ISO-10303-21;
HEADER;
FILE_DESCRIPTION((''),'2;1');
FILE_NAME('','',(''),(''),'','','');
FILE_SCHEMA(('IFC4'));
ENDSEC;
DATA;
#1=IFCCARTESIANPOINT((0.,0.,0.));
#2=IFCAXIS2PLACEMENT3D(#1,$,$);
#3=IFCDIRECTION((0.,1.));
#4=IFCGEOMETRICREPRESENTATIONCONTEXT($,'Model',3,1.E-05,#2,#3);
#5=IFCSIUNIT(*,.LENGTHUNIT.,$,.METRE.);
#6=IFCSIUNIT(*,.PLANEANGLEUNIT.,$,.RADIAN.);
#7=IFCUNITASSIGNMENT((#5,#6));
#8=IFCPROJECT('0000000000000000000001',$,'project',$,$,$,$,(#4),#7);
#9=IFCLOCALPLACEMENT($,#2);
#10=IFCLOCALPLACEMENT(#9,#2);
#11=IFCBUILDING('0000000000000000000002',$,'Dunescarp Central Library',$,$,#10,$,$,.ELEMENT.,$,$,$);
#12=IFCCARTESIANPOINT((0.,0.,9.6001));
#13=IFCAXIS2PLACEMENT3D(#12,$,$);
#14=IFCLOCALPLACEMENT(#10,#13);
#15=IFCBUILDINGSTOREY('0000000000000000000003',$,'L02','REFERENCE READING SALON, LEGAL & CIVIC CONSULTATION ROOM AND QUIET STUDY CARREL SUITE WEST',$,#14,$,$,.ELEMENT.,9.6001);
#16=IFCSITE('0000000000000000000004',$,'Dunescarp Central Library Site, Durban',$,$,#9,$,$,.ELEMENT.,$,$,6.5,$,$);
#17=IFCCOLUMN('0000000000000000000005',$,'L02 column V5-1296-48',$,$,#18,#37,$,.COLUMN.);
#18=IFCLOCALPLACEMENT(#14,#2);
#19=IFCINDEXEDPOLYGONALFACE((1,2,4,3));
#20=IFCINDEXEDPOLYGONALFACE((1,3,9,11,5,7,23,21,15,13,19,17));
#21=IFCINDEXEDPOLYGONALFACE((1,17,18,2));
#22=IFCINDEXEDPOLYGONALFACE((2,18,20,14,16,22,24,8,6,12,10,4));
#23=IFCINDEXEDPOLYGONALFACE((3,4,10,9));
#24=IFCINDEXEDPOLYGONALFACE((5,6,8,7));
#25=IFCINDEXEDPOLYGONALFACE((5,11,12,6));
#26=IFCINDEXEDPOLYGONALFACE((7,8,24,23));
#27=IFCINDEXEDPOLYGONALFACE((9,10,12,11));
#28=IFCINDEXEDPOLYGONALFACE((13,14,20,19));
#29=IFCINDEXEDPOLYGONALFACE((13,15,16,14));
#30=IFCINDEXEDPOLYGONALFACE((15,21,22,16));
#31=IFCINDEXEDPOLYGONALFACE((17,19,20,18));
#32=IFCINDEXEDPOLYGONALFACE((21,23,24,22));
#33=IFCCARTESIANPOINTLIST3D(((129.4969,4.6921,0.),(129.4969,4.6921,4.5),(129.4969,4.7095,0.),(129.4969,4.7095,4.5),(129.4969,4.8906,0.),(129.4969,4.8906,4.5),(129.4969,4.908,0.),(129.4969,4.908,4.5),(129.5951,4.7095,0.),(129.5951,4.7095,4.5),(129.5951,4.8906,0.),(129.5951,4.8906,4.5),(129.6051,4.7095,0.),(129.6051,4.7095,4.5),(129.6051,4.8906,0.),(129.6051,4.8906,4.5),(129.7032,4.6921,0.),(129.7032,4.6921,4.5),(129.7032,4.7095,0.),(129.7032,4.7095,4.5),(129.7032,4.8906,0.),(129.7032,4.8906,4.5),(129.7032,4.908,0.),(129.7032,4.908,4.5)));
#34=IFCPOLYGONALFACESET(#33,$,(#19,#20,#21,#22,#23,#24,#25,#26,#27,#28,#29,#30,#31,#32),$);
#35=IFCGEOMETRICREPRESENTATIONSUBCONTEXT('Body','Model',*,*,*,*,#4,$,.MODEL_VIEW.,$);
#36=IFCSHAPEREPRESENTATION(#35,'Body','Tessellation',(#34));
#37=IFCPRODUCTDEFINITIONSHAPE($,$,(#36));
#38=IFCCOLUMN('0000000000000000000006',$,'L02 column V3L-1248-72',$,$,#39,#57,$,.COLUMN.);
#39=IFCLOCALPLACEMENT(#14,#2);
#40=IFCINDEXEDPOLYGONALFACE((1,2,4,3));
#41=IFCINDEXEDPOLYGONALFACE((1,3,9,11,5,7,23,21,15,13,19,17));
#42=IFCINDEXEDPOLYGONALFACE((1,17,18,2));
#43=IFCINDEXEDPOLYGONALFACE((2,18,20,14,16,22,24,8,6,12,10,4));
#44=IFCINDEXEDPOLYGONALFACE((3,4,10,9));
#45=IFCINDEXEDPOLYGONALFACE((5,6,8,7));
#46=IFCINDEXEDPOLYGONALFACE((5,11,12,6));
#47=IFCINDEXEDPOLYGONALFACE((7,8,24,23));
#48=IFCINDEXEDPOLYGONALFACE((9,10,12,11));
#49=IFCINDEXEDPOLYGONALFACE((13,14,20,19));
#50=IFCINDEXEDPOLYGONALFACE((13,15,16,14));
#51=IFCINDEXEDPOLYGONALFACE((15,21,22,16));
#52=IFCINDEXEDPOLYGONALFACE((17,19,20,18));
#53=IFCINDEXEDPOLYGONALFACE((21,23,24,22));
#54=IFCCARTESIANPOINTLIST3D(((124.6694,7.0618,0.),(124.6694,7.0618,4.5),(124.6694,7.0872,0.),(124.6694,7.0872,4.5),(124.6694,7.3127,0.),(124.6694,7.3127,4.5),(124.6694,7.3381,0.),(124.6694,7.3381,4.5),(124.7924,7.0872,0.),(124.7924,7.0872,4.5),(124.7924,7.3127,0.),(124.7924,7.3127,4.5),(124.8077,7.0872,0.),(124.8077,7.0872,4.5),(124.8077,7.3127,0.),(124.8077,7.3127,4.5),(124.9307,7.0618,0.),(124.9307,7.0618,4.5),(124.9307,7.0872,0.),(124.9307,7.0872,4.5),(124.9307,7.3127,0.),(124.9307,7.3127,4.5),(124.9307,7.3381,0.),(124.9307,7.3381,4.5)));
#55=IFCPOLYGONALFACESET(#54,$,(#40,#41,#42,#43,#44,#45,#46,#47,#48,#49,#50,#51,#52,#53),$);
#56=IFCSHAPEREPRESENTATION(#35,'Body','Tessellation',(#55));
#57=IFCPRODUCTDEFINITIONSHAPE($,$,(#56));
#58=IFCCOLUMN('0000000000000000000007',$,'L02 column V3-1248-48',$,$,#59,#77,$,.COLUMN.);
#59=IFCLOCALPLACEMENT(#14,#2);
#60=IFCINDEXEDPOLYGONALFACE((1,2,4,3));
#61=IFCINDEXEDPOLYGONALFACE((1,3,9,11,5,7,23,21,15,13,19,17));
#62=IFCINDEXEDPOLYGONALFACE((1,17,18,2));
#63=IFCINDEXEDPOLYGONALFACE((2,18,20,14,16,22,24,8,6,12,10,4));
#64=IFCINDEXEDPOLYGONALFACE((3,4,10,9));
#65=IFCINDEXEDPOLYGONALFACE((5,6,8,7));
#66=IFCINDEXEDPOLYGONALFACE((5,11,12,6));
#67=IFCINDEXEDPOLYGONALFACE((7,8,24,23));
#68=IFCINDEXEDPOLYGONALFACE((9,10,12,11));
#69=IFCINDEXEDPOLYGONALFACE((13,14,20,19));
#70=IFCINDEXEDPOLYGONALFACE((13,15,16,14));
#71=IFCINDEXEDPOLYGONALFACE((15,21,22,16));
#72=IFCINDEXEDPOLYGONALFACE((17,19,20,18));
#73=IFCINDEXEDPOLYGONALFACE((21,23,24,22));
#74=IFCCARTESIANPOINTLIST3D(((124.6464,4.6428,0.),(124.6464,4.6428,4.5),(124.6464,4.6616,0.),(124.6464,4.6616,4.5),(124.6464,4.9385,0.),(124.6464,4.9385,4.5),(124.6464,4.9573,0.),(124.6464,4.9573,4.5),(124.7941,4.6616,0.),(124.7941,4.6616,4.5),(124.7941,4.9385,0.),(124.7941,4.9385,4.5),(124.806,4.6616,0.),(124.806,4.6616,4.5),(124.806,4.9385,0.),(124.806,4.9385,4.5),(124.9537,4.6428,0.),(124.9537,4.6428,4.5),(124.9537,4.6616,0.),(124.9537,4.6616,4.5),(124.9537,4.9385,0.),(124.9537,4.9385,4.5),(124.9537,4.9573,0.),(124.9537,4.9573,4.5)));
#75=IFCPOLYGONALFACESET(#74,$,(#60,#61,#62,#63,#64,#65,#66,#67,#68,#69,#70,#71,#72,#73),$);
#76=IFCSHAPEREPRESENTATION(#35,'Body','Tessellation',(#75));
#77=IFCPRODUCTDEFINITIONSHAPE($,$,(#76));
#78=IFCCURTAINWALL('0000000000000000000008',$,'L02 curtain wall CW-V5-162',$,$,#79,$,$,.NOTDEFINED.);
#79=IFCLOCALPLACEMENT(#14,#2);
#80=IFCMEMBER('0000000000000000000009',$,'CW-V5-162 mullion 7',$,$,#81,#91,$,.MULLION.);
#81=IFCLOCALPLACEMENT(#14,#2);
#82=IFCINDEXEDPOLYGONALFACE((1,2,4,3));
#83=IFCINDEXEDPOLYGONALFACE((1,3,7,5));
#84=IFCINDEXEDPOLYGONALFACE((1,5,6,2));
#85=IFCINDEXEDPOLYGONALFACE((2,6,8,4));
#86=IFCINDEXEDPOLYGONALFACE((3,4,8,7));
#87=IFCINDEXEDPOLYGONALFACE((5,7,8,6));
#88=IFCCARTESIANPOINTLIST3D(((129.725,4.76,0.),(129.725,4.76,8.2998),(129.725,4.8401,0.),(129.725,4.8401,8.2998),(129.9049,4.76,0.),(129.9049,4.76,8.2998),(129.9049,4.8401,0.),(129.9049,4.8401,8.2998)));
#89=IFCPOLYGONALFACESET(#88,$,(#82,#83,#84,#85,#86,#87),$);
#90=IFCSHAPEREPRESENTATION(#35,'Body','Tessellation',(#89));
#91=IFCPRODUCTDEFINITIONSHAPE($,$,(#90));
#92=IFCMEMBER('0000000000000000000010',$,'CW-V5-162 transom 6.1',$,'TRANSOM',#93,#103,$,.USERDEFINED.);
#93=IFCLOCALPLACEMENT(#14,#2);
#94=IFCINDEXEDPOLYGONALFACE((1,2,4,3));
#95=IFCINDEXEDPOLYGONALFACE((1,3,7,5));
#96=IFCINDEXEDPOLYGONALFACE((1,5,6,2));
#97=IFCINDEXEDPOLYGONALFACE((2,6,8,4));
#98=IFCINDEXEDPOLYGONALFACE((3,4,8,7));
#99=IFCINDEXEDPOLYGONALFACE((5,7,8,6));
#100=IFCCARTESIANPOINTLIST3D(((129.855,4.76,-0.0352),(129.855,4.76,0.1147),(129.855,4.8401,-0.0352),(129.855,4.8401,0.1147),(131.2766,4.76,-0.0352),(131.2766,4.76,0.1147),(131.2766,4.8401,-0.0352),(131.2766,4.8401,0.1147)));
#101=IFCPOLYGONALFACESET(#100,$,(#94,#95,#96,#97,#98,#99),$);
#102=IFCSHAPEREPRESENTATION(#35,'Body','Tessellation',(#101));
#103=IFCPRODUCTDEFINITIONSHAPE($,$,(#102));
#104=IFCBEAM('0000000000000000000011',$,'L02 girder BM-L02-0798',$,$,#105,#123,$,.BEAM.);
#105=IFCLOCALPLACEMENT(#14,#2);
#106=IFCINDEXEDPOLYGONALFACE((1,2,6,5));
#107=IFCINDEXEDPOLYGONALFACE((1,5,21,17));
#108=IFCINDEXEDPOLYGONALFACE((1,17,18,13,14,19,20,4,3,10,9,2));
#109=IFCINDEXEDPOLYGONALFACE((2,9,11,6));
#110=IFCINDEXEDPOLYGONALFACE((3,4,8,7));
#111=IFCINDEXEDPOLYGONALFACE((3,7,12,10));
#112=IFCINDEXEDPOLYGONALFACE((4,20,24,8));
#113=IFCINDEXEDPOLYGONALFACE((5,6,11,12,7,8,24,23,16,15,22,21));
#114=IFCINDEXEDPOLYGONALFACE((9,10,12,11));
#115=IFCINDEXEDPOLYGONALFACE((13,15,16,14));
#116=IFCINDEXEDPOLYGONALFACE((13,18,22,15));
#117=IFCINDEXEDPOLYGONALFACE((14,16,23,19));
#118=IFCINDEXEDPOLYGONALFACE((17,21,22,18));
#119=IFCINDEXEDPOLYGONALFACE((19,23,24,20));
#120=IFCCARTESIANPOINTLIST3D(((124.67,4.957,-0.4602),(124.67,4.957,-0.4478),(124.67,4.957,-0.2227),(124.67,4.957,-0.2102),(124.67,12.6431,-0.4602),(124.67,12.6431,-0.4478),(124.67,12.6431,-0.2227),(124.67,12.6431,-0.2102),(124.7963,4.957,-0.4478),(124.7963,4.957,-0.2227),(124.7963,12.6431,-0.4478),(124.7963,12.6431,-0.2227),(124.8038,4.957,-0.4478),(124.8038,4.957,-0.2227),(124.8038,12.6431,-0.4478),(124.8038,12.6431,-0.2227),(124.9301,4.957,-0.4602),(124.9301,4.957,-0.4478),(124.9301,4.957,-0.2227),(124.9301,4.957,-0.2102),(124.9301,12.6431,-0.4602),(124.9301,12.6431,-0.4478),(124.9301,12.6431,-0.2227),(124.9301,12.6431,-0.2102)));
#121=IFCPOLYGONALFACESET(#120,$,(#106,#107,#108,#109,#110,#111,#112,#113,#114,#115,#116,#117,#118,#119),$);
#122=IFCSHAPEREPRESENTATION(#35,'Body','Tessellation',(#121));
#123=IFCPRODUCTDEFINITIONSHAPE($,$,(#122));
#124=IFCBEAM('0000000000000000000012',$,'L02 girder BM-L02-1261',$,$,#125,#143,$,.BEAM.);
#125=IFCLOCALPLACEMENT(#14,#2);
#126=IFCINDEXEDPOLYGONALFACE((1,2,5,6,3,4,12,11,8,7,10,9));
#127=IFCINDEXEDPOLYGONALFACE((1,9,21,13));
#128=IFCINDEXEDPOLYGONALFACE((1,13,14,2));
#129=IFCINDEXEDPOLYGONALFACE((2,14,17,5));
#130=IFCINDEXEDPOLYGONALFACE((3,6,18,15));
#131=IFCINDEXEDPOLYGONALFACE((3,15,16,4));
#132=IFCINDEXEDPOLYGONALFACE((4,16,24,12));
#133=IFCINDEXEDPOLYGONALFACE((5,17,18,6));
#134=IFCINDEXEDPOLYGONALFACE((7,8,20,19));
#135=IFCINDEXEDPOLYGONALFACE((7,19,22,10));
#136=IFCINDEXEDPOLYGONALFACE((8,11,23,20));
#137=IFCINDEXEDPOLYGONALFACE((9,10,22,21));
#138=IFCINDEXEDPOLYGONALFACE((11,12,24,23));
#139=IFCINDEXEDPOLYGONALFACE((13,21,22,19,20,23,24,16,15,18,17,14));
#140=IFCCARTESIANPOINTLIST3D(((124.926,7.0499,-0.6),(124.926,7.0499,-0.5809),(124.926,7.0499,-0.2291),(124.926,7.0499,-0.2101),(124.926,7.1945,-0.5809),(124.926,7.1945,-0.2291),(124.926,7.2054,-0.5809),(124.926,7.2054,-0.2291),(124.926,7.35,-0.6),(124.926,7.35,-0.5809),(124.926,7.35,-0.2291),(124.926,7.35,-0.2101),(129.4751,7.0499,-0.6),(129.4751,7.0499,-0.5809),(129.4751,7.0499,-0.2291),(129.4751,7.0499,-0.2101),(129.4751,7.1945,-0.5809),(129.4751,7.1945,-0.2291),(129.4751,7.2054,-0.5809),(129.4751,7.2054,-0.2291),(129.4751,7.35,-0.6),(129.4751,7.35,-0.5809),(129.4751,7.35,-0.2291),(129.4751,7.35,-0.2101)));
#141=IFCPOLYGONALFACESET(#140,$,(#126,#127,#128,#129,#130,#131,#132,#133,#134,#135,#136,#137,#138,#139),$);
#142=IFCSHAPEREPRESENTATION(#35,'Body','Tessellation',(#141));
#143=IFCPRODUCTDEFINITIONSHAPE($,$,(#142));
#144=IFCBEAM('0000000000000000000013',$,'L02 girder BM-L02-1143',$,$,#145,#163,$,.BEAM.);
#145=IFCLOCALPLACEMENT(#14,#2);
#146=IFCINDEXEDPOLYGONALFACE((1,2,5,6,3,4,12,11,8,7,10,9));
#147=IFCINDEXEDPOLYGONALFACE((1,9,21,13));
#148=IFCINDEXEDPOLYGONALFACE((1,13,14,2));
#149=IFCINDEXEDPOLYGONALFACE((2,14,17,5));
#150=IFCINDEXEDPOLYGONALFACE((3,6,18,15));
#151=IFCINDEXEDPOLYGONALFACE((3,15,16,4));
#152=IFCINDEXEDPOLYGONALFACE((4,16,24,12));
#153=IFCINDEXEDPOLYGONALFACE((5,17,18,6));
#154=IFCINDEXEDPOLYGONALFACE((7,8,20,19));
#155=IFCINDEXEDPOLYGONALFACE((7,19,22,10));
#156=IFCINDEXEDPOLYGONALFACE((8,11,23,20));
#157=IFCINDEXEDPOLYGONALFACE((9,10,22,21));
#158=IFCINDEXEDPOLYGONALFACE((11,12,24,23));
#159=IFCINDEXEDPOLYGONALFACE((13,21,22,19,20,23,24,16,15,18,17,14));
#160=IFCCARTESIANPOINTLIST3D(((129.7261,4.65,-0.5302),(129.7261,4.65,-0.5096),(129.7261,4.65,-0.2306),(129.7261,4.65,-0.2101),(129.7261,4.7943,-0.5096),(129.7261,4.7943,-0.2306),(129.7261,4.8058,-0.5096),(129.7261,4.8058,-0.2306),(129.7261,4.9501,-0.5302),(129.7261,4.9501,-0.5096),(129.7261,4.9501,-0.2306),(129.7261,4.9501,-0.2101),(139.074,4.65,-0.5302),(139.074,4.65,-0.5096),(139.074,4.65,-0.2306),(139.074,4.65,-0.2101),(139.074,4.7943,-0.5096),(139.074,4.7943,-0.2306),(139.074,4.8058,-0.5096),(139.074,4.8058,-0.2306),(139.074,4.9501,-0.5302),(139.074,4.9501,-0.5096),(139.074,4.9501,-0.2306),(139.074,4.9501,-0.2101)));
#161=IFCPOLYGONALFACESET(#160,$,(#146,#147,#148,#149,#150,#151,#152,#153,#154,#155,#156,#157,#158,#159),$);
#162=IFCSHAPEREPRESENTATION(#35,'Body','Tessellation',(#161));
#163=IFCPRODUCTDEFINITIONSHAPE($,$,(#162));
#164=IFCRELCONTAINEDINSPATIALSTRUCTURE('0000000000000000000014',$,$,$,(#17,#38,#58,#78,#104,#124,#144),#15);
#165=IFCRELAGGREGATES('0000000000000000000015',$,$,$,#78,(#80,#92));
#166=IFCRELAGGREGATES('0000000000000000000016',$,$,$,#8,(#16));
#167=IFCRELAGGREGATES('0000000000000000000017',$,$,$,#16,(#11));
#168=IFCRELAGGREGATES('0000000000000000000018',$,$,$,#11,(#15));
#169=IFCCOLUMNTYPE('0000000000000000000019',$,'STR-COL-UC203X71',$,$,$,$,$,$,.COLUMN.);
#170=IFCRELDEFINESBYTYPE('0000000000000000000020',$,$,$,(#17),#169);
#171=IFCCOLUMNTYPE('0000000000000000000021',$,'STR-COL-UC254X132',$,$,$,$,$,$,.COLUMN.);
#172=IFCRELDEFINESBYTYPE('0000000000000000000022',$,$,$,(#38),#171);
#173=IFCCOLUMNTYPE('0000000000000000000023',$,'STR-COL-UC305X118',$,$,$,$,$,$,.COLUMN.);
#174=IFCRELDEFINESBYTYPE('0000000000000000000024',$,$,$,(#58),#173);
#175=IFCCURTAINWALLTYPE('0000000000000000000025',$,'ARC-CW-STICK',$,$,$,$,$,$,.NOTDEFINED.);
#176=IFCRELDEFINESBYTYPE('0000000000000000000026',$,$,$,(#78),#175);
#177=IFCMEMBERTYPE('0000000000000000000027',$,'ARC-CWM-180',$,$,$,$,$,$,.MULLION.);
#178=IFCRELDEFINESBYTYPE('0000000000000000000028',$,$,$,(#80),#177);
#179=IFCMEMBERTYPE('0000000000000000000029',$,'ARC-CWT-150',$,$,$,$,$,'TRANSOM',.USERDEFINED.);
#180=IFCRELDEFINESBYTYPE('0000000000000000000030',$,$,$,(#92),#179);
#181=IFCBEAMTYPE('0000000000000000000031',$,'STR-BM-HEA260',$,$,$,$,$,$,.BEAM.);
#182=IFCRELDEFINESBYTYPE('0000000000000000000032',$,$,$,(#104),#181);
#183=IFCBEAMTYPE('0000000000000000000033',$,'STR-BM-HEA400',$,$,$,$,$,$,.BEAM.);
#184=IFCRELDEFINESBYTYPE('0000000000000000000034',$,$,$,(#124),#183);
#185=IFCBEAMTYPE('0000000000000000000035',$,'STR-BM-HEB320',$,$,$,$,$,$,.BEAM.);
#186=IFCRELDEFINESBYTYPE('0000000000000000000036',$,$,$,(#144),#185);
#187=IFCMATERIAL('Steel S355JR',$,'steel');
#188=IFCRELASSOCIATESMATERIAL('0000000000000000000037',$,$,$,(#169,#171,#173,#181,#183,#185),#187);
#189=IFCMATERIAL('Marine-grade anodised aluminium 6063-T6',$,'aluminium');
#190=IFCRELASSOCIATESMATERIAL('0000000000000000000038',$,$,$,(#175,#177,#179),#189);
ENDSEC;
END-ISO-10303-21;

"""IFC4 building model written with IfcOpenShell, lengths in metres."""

from ifc_helpers import new_model, si_unit, direction, frame, origin, origin_2d, place, context, subcontext, project, spatial, rectangle, i_section, extrude, material, material_profile, profile_set, type_object, element, aggregate, save


model = new_model("IFC4")

# Units and contexts
model_context = context("Model", 3, precision=1e-05, world=origin(), true_north=direction((0.0, 1.0)))
body_context = subcontext(model_context, "Body", "Model", "MODEL_VIEW")
ifc_project = project(units=[si_unit("LENGTHUNIT", "METRE"), si_unit("PLANEANGLEUNIT", "RADIAN")], contexts=[model_context])

# Site, building, storey
site_placement = place(None, origin())
site = spatial("IfcSite", under=ifc_project, at=site_placement, Name="Dunescarp Central Library Site, Durban", CompositionType="ELEMENT", RefElevation=6.5)
building_placement = place(site_placement, origin())
building = spatial("IfcBuilding", under=site, at=building_placement, Name="Dunescarp Central Library", CompositionType="ELEMENT")
storey_placement = place(building_placement, frame((0.0, 0.0, 9.6001)))
storey = spatial("IfcBuildingStorey", under=building, at=storey_placement, Name="L02", Description="REFERENCE READING SALON, LEGAL & CIVIC CONSULTATION ROOM AND QUIET STUDY CARREL SUITE WEST", CompositionType="ELEMENT", Elevation=9.6001)

# Columns
ifc_material_1 = material(Name="Steel S355JR", Category="steel")
ifc_material_profile_1 = material_profile(ifc_material_1, i_section(OverallWidth=0.2063, OverallDepth=0.2158, WebThickness=0.01, FlangeThickness=0.0173, at=origin_2d()), Name="UC 203x203x71")
ifc_profile_set_1 = profile_set([ifc_material_profile_1], Name="Steel S355JR")
column_type_1 = type_object("IfcColumnType", Name="STR-COL-UC203X71", PredefinedType="COLUMN", material=ifc_profile_set_1)
column_1_placement = place(storey_placement, frame((129.6001, 4.8, 0.0), z_axis=(0.0, 0.0, 1.0), x_axis=(1.0, 0.0, 0.0)))
element("IfcColumn", 1, at=column_1_placement, inside=storey, type_object=column_type_1, Name="L02 column V5-1296-48", PredefinedType="COLUMN", context=body_context, shape_type="SweptSolid", body=[
    extrude(i_section(OverallWidth=0.2063, OverallDepth=0.2158, WebThickness=0.01, FlangeThickness=0.0173, at=origin_2d()), origin(), (0.0, 0.0, 1.0), 4.5),
])
ifc_material_profile_2 = material_profile(ifc_material_1, i_section(OverallWidth=0.2612, OverallDepth=0.2764, WebThickness=0.0154, FlangeThickness=0.0254, at=origin_2d()), Name="UC 254x254x132")
ifc_profile_set_2 = profile_set([ifc_material_profile_2], Name="Steel S355JR")
column_type_2 = type_object("IfcColumnType", Name="STR-COL-UC254X132", PredefinedType="COLUMN", material=ifc_profile_set_2)
column_2_placement = place(storey_placement, frame((124.8, 7.2, 0.0), z_axis=(0.0, 0.0, 1.0), x_axis=(1.0, 0.0, 0.0)))
element("IfcColumn", 2, at=column_2_placement, inside=storey, type_object=column_type_2, Name="L02 column V3L-1248-72", PredefinedType="COLUMN", context=body_context, shape_type="SweptSolid", body=[
    extrude(i_section(OverallWidth=0.2612, OverallDepth=0.2764, WebThickness=0.0154, FlangeThickness=0.0254, at=origin_2d()), origin(), (0.0, 0.0, 1.0), 4.5),
])
ifc_material_profile_3 = material_profile(ifc_material_1, i_section(OverallWidth=0.3074, OverallDepth=0.3145, WebThickness=0.012, FlangeThickness=0.0188, at=origin_2d()), Name="UC 305x305x118")
ifc_profile_set_3 = profile_set([ifc_material_profile_3], Name="Steel S355JR")
column_type_3 = type_object("IfcColumnType", Name="STR-COL-UC305X118", PredefinedType="COLUMN", material=ifc_profile_set_3)
column_3_placement = place(storey_placement, frame((124.8, 4.8, 0.0), z_axis=(0.0, 0.0, 1.0), x_axis=(1.0, 0.0, 0.0)))
element("IfcColumn", 3, at=column_3_placement, inside=storey, type_object=column_type_3, Name="L02 column V3-1248-48", PredefinedType="COLUMN", context=body_context, shape_type="SweptSolid", body=[
    extrude(i_section(OverallWidth=0.3074, OverallDepth=0.3145, WebThickness=0.012, FlangeThickness=0.0188, at=origin_2d()), origin(), (0.0, 0.0, 1.0), 4.5),
])

# Curtain wall, members
ifc_material_2 = material(Name="Marine-grade anodised aluminium 6063-T6", Category="aluminium")
curtain_wall_type = type_object("IfcCurtainWallType", Name="ARC-CW-STICK", PredefinedType="NOTDEFINED", material=ifc_material_2)
curtain_wall_placement = place(storey_placement, origin())
curtain_wall = element("IfcCurtainWall", 4, at=curtain_wall_placement, inside=storey, type_object=curtain_wall_type, Name="L02 curtain wall CW-V5-162", PredefinedType="NOTDEFINED")
ifc_material_profile_4 = material_profile(ifc_material_2, rectangle(XDim=0.0801, YDim=0.1799, at=origin_2d()), Name="AL 80x180")
ifc_profile_set_4 = profile_set([ifc_material_profile_4], Name="Marine-grade anodised aluminium 6063-T6")
member_type_1 = type_object("IfcMemberType", Name="ARC-CWM-180", PredefinedType="MULLION", material=ifc_profile_set_4)
member_1_placement = place(storey_placement, frame((129.8149, 4.8, 0.0), z_axis=(0.0, 0.0, 1.0), x_axis=(0.0, -1.0, 0.0)))
member_1 = element("IfcMember", 5, at=member_1_placement, type_object=member_type_1, Name="CW-V5-162 mullion 7", PredefinedType="MULLION", context=body_context, shape_type="SweptSolid", body=[
    extrude(rectangle(XDim=0.0801, YDim=0.1799, at=origin_2d()), origin(), (0.0, 0.0, 1.0), 8.2998),
])
ifc_material_profile_5 = material_profile(ifc_material_2, rectangle(XDim=0.0801, YDim=0.1499, at=origin_2d()), Name="AL 80x150")
ifc_profile_set_5 = profile_set([ifc_material_profile_5], Name="Marine-grade anodised aluminium 6063-T6")
member_type_2 = type_object("IfcMemberType", Name="ARC-CWT-150", ElementType="TRANSOM", PredefinedType="USERDEFINED", material=ifc_profile_set_5)
member_2_placement = place(storey_placement, frame((131.2766, 4.8, 0.0398), z_axis=(-1.0, 0.0, 0.0), x_axis=(0.0, -1.0, 0.0)))
member_2 = element("IfcMember", 6, at=member_2_placement, type_object=member_type_2, Name="CW-V5-162 transom 6.1", ObjectType="TRANSOM", PredefinedType="USERDEFINED", context=body_context, shape_type="SweptSolid", body=[
    extrude(rectangle(XDim=0.0801, YDim=0.1499, at=origin_2d()), origin(), (0.0, 0.0, 1.0), 1.4216),
])

# Beams
ifc_material_profile_6 = material_profile(ifc_material_1, i_section(OverallWidth=0.26, OverallDepth=0.25, WebThickness=0.0076, FlangeThickness=0.0125, at=origin_2d()), Name="HEA 260")
ifc_profile_set_6 = profile_set([ifc_material_profile_6], Name="Steel S355JR")
beam_type_1 = type_object("IfcBeamType", Name="STR-BM-HEA260", PredefinedType="BEAM", material=ifc_profile_set_6)
beam_1_placement = place(storey_placement, frame((124.8, 4.957, -0.3352), z_axis=(0.0, 1.0, 0.0), x_axis=(-1.0, 0.0, 0.0)))
element("IfcBeam", 7, at=beam_1_placement, inside=storey, type_object=beam_type_1, Name="L02 girder BM-L02-0798", PredefinedType="BEAM", context=body_context, shape_type="SweptSolid", body=[
    extrude(i_section(OverallWidth=0.26, OverallDepth=0.25, WebThickness=0.0076, FlangeThickness=0.0125, at=origin_2d()), origin(), (0.0, 0.0, 1.0), 7.686),
])
ifc_material_profile_7 = material_profile(ifc_material_1, i_section(OverallWidth=0.3, OverallDepth=0.3899, WebThickness=0.011, FlangeThickness=0.019, at=origin_2d()), Name="HEA 400")
ifc_profile_set_7 = profile_set([ifc_material_profile_7], Name="Steel S355JR")
beam_type_2 = type_object("IfcBeamType", Name="STR-BM-HEA400", PredefinedType="BEAM", material=ifc_profile_set_7)
beam_2_placement = place(storey_placement, frame((124.926, 7.2, -0.405), z_axis=(1.0, 0.0, 0.0), x_axis=(0.0, 1.0, 0.0)))
element("IfcBeam", 8, at=beam_2_placement, inside=storey, type_object=beam_type_2, Name="L02 girder BM-L02-1261", PredefinedType="BEAM", context=body_context, shape_type="SweptSolid", body=[
    extrude(i_section(OverallWidth=0.3, OverallDepth=0.3899, WebThickness=0.011, FlangeThickness=0.019, at=origin_2d()), origin(), (0.0, 0.0, 1.0), 4.5491),
])
ifc_material_profile_8 = material_profile(ifc_material_1, i_section(OverallWidth=0.3, OverallDepth=0.3201, WebThickness=0.0115, FlangeThickness=0.0205, at=origin_2d()), Name="HEB 320")
ifc_profile_set_8 = profile_set([ifc_material_profile_8], Name="Steel S355JR")
beam_type_3 = type_object("IfcBeamType", Name="STR-BM-HEB320", PredefinedType="BEAM", material=ifc_profile_set_8)
beam_3_placement = place(storey_placement, frame((129.7261, 4.8, -0.3701), z_axis=(1.0, 0.0, 0.0), x_axis=(0.0, 1.0, 0.0)))
element("IfcBeam", 9, at=beam_3_placement, inside=storey, type_object=beam_type_3, Name="L02 girder BM-L02-1143", PredefinedType="BEAM", context=body_context, shape_type="SweptSolid", body=[
    extrude(i_section(OverallWidth=0.3, OverallDepth=0.3201, WebThickness=0.0115, FlangeThickness=0.0205, at=origin_2d()), origin(), (0.0, 0.0, 1.0), 9.3479),
])

aggregate(curtain_wall, [member_1, member_2])

save(model, "model.ifc")
